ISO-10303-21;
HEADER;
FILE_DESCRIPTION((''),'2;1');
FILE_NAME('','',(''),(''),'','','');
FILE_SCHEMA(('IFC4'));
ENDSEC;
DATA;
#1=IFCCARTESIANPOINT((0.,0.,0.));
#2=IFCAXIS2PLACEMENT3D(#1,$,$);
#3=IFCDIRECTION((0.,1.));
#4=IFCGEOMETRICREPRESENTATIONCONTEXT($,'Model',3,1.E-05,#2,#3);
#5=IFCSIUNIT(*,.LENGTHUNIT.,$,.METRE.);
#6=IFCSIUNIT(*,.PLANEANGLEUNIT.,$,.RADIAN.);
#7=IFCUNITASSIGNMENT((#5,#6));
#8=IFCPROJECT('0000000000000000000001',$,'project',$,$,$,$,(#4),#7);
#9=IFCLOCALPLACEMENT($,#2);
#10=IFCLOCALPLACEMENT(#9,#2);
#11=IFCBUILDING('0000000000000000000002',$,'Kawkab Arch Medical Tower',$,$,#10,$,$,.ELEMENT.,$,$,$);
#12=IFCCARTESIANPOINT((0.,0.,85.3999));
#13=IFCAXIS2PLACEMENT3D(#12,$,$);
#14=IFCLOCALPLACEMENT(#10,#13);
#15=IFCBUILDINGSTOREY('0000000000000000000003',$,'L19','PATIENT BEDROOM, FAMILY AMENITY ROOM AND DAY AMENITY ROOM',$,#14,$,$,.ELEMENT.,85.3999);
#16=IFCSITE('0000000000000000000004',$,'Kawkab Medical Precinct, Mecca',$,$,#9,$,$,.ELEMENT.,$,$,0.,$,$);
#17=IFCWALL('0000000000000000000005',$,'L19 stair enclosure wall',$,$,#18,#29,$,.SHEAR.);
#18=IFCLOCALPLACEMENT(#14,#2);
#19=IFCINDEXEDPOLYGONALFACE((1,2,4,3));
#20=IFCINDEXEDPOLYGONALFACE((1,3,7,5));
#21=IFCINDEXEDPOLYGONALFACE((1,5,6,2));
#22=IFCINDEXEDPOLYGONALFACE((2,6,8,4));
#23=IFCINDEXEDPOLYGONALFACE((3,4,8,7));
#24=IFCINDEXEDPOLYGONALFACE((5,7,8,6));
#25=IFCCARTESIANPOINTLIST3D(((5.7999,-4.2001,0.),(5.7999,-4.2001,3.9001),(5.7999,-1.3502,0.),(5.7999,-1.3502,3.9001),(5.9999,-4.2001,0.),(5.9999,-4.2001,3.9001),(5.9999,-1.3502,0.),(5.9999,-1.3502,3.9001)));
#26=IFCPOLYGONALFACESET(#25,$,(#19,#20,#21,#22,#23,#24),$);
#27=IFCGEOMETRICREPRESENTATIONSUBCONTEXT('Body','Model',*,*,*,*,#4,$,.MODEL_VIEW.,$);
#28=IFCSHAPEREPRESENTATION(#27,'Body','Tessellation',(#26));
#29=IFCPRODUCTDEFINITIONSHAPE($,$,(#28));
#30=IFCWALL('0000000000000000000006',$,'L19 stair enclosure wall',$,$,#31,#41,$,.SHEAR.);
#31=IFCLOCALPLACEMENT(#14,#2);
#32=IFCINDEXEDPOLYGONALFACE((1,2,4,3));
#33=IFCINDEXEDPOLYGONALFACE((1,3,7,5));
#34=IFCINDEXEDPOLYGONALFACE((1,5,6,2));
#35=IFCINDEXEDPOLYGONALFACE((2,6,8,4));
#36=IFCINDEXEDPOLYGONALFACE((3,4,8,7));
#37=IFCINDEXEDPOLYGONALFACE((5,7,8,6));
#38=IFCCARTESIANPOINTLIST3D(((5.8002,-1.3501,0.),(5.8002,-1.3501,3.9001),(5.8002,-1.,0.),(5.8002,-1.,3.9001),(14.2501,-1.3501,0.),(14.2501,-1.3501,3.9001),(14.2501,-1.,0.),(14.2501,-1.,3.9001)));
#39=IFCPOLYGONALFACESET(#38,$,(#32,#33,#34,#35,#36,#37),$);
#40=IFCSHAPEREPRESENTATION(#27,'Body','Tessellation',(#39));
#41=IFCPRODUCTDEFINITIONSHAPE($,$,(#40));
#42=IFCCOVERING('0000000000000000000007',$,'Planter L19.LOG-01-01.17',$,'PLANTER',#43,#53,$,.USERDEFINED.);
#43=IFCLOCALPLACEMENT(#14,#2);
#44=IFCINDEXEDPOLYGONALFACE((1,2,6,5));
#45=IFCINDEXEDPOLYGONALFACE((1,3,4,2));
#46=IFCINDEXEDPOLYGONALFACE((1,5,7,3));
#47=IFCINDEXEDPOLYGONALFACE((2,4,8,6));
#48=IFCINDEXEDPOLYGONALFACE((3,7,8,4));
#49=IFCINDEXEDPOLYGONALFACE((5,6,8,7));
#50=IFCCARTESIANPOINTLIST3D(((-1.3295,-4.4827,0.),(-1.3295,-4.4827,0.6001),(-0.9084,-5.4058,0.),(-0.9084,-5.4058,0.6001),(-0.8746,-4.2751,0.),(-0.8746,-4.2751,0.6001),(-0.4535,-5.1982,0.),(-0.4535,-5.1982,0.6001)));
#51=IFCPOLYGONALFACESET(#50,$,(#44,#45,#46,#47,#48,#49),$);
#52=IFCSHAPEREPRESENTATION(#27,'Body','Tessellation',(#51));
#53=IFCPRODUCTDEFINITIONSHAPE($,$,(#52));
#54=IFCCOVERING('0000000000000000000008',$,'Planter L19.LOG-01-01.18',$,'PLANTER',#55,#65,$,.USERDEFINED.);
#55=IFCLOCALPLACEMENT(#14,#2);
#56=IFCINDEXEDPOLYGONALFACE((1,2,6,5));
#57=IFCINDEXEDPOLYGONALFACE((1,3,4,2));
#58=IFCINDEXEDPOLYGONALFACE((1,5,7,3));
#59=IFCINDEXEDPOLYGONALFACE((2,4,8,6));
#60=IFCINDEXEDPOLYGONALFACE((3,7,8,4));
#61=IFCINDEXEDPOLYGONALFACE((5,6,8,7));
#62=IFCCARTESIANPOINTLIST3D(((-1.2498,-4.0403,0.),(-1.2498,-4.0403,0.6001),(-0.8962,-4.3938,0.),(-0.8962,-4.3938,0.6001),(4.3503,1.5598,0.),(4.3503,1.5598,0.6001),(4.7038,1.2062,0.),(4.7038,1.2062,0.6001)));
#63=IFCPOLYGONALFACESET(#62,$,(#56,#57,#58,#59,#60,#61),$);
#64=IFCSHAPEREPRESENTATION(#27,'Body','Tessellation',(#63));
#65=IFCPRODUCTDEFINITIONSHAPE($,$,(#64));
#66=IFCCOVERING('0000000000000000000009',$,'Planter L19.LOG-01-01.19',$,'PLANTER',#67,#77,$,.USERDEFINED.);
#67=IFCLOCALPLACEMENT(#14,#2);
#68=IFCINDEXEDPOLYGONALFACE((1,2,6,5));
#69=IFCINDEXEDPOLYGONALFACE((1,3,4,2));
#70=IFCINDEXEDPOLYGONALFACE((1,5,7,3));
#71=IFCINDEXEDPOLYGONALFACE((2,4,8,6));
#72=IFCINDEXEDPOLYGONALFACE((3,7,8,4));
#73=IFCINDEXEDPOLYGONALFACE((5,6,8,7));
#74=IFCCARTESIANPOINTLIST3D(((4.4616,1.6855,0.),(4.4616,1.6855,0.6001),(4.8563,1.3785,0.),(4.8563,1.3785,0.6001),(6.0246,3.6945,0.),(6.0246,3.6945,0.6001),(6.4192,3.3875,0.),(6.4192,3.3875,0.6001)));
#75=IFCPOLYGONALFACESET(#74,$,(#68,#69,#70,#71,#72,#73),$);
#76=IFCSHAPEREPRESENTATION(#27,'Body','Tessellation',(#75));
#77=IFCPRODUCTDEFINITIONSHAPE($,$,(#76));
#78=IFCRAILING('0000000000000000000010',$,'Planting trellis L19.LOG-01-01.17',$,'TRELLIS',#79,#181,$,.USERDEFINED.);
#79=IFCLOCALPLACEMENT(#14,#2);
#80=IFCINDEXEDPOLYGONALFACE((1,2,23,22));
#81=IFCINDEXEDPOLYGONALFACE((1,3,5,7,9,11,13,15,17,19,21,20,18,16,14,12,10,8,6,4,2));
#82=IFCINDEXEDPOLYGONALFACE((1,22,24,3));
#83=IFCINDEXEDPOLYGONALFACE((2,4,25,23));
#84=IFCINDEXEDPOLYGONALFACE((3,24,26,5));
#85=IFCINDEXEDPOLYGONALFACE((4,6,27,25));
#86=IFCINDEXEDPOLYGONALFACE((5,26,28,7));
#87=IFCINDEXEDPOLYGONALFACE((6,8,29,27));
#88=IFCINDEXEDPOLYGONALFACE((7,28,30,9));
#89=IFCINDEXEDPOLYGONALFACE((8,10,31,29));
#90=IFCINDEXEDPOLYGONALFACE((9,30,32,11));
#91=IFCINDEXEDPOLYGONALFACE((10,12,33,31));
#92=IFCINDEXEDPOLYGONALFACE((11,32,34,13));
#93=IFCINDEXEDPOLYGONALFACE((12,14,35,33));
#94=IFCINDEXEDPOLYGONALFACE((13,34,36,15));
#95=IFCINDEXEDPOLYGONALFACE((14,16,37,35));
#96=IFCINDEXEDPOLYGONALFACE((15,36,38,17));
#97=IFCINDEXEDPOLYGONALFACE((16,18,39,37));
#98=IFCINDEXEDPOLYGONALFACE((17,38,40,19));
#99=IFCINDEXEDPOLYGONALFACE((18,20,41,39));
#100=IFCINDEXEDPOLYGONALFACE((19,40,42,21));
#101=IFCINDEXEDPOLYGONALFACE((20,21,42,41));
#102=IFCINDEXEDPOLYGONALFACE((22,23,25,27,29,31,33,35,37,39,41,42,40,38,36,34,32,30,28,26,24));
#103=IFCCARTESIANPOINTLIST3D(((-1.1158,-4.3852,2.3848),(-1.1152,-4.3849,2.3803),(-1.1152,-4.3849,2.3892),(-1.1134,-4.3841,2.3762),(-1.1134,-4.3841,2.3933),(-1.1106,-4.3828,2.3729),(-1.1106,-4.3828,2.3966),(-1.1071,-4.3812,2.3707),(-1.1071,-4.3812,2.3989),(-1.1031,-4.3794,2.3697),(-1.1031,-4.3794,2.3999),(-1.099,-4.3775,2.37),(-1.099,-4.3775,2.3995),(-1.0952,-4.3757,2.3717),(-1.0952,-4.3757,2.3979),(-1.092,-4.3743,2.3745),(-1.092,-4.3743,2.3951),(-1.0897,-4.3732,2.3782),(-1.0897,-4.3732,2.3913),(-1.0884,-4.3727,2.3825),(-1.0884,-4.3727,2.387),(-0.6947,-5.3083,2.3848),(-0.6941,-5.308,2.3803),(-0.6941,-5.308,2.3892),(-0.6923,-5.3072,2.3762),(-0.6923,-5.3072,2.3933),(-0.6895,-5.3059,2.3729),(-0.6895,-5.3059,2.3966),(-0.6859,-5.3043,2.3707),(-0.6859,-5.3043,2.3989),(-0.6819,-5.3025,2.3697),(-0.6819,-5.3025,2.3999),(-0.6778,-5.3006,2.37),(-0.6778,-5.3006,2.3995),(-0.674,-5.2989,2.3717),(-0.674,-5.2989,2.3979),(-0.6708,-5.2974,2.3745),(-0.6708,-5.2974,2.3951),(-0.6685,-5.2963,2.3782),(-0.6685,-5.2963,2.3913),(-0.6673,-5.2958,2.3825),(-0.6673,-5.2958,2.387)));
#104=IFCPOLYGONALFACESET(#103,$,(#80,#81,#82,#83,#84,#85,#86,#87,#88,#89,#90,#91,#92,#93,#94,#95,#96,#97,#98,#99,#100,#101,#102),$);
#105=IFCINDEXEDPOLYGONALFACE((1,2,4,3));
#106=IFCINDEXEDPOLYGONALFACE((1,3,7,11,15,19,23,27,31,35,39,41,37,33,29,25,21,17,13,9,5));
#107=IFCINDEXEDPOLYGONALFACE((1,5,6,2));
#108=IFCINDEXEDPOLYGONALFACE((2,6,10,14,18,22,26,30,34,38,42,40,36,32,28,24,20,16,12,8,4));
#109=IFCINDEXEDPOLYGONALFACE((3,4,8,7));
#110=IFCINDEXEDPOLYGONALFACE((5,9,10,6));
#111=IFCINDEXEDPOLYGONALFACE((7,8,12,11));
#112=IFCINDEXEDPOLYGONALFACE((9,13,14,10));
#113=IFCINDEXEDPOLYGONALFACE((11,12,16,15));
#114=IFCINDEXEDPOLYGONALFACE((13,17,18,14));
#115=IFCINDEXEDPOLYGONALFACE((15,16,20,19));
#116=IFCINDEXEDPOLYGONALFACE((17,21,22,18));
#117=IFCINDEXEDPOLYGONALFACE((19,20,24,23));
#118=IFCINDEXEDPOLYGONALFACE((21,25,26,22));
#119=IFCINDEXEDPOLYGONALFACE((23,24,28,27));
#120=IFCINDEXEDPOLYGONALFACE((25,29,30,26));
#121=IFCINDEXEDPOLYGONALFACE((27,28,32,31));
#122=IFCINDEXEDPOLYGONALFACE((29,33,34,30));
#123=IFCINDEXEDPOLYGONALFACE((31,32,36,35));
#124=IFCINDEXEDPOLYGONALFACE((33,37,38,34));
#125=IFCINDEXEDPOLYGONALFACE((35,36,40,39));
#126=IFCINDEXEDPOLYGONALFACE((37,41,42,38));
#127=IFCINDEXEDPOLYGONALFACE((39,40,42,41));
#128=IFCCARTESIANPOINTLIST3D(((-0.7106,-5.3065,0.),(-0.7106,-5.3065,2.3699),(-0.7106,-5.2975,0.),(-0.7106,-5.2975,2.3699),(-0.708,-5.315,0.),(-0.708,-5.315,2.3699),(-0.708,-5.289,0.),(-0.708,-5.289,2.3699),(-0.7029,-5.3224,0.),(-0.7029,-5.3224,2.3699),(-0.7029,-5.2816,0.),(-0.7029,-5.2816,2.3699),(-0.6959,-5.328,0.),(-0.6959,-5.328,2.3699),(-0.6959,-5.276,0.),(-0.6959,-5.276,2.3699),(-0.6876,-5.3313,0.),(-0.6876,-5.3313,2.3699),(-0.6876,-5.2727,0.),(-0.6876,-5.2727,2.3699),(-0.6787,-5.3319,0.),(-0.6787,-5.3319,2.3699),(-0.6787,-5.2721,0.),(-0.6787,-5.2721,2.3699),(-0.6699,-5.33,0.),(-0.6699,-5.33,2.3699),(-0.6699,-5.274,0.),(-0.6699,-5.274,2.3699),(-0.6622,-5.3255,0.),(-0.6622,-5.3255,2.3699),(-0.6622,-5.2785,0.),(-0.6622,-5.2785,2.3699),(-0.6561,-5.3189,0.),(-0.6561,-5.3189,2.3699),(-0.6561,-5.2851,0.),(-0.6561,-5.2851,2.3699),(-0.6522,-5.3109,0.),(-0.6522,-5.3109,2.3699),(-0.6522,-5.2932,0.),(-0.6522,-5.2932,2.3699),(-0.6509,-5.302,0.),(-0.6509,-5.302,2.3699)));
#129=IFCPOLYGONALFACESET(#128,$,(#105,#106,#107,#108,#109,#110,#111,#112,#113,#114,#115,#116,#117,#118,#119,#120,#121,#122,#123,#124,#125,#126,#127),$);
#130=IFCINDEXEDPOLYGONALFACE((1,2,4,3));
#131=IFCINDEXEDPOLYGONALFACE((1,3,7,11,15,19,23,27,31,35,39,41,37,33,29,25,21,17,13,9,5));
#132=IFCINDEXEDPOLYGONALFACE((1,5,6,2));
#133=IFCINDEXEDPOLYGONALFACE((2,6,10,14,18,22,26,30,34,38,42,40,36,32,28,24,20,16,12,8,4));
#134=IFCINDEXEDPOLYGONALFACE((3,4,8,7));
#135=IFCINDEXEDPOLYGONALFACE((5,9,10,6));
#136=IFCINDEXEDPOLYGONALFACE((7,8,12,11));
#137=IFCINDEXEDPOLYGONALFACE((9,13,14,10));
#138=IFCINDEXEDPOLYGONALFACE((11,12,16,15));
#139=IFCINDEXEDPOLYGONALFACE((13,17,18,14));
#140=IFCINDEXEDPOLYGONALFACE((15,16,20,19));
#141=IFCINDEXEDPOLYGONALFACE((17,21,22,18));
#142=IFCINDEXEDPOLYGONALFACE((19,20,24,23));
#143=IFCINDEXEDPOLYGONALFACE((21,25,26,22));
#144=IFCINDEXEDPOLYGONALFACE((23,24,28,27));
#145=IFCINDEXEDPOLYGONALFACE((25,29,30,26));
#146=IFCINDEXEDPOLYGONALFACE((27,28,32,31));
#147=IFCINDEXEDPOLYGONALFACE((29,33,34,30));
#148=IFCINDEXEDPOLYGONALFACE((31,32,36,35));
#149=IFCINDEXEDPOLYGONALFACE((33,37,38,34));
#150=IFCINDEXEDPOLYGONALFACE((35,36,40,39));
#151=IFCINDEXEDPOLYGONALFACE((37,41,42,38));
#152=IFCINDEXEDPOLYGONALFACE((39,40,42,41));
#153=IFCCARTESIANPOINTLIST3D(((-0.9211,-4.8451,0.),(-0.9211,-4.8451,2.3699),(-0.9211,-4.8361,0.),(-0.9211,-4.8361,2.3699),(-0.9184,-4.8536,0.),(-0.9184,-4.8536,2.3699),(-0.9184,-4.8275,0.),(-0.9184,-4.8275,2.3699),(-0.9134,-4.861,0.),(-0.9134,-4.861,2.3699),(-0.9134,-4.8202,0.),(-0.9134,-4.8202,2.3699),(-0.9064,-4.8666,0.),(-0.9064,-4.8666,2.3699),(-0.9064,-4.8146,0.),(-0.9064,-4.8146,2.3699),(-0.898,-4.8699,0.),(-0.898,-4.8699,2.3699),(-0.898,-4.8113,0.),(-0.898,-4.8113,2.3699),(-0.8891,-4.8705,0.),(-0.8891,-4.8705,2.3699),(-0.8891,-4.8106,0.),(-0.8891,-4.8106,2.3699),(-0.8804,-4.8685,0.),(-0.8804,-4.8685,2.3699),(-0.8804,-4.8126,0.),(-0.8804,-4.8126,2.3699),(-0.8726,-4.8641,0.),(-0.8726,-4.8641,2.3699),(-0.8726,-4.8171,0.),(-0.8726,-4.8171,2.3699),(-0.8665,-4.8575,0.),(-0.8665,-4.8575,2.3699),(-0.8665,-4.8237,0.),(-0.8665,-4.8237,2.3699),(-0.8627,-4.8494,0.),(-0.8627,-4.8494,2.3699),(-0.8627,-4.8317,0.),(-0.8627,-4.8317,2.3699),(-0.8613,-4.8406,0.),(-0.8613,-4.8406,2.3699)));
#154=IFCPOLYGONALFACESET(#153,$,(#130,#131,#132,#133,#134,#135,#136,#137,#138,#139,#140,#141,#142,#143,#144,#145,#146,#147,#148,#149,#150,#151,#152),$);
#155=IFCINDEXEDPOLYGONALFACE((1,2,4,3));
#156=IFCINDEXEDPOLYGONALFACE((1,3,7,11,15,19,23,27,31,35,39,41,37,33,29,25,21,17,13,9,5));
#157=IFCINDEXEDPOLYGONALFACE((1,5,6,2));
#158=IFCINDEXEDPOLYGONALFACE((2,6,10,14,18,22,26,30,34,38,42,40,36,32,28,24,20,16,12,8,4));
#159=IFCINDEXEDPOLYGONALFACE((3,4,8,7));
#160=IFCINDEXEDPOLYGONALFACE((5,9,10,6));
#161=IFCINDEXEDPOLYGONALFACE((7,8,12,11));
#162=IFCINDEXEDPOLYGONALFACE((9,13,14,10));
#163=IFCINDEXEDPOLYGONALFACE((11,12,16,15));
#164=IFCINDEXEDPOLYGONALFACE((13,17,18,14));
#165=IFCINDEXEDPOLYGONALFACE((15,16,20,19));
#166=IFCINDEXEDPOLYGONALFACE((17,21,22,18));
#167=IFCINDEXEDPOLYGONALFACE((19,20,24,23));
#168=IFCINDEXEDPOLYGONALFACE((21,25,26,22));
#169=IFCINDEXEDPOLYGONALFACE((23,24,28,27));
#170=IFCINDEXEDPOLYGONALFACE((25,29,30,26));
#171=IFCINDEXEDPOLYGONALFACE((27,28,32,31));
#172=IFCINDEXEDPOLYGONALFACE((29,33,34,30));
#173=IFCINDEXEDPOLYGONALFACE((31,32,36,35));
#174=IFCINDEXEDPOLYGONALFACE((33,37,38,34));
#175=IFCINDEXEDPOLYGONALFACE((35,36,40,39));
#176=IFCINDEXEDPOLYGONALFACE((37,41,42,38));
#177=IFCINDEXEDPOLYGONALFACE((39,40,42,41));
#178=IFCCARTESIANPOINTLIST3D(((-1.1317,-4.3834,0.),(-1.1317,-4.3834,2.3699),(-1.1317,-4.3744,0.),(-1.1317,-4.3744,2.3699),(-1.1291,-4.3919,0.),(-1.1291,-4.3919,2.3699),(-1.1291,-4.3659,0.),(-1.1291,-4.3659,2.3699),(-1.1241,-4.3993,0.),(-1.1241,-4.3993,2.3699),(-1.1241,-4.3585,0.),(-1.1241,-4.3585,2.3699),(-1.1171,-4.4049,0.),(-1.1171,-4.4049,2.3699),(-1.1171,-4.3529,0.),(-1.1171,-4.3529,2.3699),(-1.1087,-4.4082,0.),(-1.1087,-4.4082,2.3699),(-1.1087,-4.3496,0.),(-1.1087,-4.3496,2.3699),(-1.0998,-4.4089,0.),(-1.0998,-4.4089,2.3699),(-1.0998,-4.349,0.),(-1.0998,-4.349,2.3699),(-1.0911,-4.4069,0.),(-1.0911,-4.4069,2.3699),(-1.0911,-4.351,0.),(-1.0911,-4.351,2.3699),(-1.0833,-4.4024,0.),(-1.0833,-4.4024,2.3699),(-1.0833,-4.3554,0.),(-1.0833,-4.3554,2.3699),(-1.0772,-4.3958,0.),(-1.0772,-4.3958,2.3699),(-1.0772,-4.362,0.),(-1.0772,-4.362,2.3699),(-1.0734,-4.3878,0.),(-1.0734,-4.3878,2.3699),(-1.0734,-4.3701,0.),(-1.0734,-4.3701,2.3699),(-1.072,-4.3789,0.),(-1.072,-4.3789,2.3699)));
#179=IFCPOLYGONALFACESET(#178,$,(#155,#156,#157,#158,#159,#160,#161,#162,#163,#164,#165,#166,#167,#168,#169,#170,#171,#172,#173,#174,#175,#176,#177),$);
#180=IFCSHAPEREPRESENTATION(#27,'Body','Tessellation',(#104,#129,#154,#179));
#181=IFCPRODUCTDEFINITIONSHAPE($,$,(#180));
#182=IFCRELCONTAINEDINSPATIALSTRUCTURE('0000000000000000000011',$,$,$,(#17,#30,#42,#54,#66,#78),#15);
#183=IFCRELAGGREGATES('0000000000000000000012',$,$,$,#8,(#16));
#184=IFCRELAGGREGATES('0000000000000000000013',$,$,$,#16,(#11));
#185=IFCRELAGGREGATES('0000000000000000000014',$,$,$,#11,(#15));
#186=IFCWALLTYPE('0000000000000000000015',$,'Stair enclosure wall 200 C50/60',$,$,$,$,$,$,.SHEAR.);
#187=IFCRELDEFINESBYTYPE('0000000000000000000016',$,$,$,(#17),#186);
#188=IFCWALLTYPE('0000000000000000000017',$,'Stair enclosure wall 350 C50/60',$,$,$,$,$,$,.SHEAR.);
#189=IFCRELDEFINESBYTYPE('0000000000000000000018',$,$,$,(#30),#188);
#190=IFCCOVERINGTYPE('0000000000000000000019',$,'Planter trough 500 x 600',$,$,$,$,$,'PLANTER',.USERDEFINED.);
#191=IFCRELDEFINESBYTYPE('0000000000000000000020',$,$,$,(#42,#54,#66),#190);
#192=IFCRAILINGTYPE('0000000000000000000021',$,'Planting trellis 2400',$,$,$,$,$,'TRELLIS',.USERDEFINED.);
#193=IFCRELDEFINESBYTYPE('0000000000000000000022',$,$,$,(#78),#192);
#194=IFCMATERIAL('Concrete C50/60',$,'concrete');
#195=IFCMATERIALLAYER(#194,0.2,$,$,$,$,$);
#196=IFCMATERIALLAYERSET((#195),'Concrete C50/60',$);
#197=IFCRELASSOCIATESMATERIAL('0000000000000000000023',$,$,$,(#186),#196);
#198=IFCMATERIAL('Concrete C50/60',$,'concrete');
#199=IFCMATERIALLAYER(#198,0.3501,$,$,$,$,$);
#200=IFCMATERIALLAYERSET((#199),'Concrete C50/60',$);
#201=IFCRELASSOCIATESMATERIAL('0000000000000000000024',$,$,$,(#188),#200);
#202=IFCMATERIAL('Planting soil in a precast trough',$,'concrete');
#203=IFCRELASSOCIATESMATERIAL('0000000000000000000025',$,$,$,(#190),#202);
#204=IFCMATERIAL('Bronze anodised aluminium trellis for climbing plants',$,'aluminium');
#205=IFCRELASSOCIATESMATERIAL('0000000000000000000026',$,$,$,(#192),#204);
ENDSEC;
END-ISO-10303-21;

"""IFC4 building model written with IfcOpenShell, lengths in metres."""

from ifc_helpers import new_model, si_unit, direction, frame, frame_2d, origin, origin_2d, place, context, subcontext, project, spatial, rectangle, circle, extrude, material, layer, layer_set, material_profile, profile_set, type_object, element, save


model = new_model("IFC4")

# Units and contexts
model_context = context("Model", 3, precision=1e-05, world=origin(), true_north=direction((0.0, 1.0)))
body_context = subcontext(model_context, "Body", "Model", "MODEL_VIEW")
ifc_project = project(units=[si_unit("LENGTHUNIT", "METRE"), si_unit("PLANEANGLEUNIT", "RADIAN")], contexts=[model_context])

# Site, building, storey
site_placement = place(None, origin())
site = spatial("IfcSite", under=ifc_project, at=site_placement, Name="Kawkab Medical Precinct, Mecca", CompositionType="ELEMENT", RefElevation=0.0)
building_placement = place(site_placement, origin())
building = spatial("IfcBuilding", under=site, at=building_placement, Name="Kawkab Arch Medical Tower", CompositionType="ELEMENT")
storey_placement = place(building_placement, frame((0.0, 0.0, 85.3999)))
storey = spatial("IfcBuildingStorey", under=building, at=storey_placement, Name="L19", Description="PATIENT BEDROOM, FAMILY AMENITY ROOM AND DAY AMENITY ROOM", CompositionType="ELEMENT", Elevation=85.3999)

# Walls
ifc_material_1 = material(Name="Concrete C50/60", Category="concrete")
ifc_layer_1 = layer(ifc_material_1, 0.2)
ifc_layer_set_1 = layer_set([ifc_layer_1], Name="Concrete C50/60")
wall_type_1 = type_object("IfcWallType", Name="Stair enclosure wall 200 C50/60", PredefinedType="SHEAR", material=ifc_layer_set_1)
for number, where, z_axis, x_axis, name in (
    (1, (5.8999, -4.2, 0.0), (0.0, 0.0, 1.0), (0.0, 1.0, 0.0), "L19 stair enclosure wall"),
):
    element("IfcWall", number, at=place(storey_placement, frame(where, z_axis=z_axis, x_axis=x_axis)), inside=storey, type_object=wall_type_1, Name=name, PredefinedType="SHEAR", context=body_context, shape_type="SweptSolid", body=[
        extrude(rectangle(XDim=2.8499, YDim=0.2, at=frame_2d((1.4248, 0.0))), origin(), (0.0, 0.0, 1.0), 3.9001),
    ])
ifc_material_2 = material(Name="Concrete C50/60", Category="concrete")
ifc_layer_2 = layer(ifc_material_2, 0.3501)
ifc_layer_set_2 = layer_set([ifc_layer_2], Name="Concrete C50/60")
wall_type_2 = type_object("IfcWallType", Name="Stair enclosure wall 350 C50/60", PredefinedType="SHEAR", material=ifc_layer_set_2)
wall_1_placement = place(storey_placement, frame((5.8, -1.175, 0.0), z_axis=(0.0, 0.0, 1.0), x_axis=(1.0, 0.0, 0.0)))
element("IfcWall", 2, at=wall_1_placement, inside=storey, type_object=wall_type_2, Name="L19 stair enclosure wall", PredefinedType="SHEAR", context=body_context, shape_type="SweptSolid", body=[
    extrude(rectangle(XDim=8.45, YDim=0.3501, at=frame_2d((4.2251, 0.0))), origin(), (0.0, 0.0, 1.0), 3.9001),
])

# Coverings
ifc_material_3 = material(Name="Planting soil in a precast trough", Category="concrete")
ifc_material_profile_1 = material_profile(ifc_material_3, rectangle(XDim=0.5, YDim=0.6001, at=origin_2d()), Name="Trough 500x600")
ifc_profile_set_1 = profile_set([ifc_material_profile_1], Name="Planting soil in a precast trough")
covering_type = type_object("IfcCoveringType", Name="Planter trough 500 x 600", ElementType="PLANTER", PredefinedType="USERDEFINED", material=ifc_profile_set_1)
covering_1_placement = place(storey_placement, frame((-0.6809, -5.302, 0.3), z_axis=(-0.415072, 0.909789, 0.0), x_axis=(-0.909789, -0.415072, 0.0)))
element("IfcCovering", 3, at=covering_1_placement, inside=storey, type_object=covering_type, Name="Planter L19.LOG-01-01.17", ObjectType="PLANTER", PredefinedType="USERDEFINED", context=body_context, shape_type="SweptSolid", body=[
    extrude(rectangle(XDim=0.5, YDim=0.6001, at=origin_2d()), origin(), (0.0, 0.0, 1.0), 1.0146),
])
covering_2_placement = place(storey_placement, frame((-1.073, -4.217, 0.3), z_axis=(0.707107, 0.707107, 0.0), x_axis=(-0.707107, 0.707107, 0.0)))
element("IfcCovering", 4, at=covering_2_placement, inside=storey, type_object=covering_type, Name="Planter L19.LOG-01-01.18", ObjectType="PLANTER", PredefinedType="USERDEFINED", context=body_context, shape_type="SweptSolid", body=[
    extrude(rectangle(XDim=0.5, YDim=0.6001, at=origin_2d()), origin(), (0.0, 0.0, 1.0), 7.9197),
])
covering_3_placement = place(storey_placement, frame((4.6589, 1.532, 0.3), z_axis=(0.61404, 0.789275, 0.0), x_axis=(-0.789275, 0.61404, 0.0)))
element("IfcCovering", 5, at=covering_3_placement, inside=storey, type_object=covering_type, Name="Planter L19.LOG-01-01.19", ObjectType="PLANTER", PredefinedType="USERDEFINED", context=body_context, shape_type="SweptSolid", body=[
    extrude(rectangle(XDim=0.5, YDim=0.6001, at=origin_2d()), origin(), (0.0, 0.0, 1.0), 2.5454),
])

# Railing
ifc_material_4 = material(Name="Bronze anodised aluminium trellis for climbing plants", Category="aluminium")
railing_type = type_object("IfcRailingType", Name="Planting trellis 2400", ElementType="TRELLIS", PredefinedType="USERDEFINED", material=ifc_material_4)
railing_1_placement = place(storey_placement, frame((-0.6809, -5.302, 0.0)))
element("IfcRailing", 6, at=railing_1_placement, inside=storey, type_object=railing_type, Name="Planting trellis L19.LOG-01-01.17", ObjectType="TRELLIS", PredefinedType="USERDEFINED", context=body_context, shape_type="SweptSolid", body=[
    extrude(circle(Radius=0.0151, at=origin_2d()), frame((0.0, 0.0, 2.3848), z_axis=(-0.415072, 0.909789, 0.0), x_axis=(-0.909789, -0.415072, 0.0)), (0.0, 0.0, 1.0), 1.0146),
    extrude(circle(Radius=0.03, at=origin_2d()), origin(), (0.0, 0.0, 1.0), 2.3699),
    extrude(circle(Radius=0.03, at=origin_2d()), frame((-0.2104, 0.4614, 0.0)), (0.0, 0.0, 1.0), 2.3699),
    extrude(circle(Radius=0.03, at=origin_2d()), frame((-0.4211, 0.9231, 0.0)), (0.0, 0.0, 1.0), 2.3699),
])

save(model, "model.ifc")
